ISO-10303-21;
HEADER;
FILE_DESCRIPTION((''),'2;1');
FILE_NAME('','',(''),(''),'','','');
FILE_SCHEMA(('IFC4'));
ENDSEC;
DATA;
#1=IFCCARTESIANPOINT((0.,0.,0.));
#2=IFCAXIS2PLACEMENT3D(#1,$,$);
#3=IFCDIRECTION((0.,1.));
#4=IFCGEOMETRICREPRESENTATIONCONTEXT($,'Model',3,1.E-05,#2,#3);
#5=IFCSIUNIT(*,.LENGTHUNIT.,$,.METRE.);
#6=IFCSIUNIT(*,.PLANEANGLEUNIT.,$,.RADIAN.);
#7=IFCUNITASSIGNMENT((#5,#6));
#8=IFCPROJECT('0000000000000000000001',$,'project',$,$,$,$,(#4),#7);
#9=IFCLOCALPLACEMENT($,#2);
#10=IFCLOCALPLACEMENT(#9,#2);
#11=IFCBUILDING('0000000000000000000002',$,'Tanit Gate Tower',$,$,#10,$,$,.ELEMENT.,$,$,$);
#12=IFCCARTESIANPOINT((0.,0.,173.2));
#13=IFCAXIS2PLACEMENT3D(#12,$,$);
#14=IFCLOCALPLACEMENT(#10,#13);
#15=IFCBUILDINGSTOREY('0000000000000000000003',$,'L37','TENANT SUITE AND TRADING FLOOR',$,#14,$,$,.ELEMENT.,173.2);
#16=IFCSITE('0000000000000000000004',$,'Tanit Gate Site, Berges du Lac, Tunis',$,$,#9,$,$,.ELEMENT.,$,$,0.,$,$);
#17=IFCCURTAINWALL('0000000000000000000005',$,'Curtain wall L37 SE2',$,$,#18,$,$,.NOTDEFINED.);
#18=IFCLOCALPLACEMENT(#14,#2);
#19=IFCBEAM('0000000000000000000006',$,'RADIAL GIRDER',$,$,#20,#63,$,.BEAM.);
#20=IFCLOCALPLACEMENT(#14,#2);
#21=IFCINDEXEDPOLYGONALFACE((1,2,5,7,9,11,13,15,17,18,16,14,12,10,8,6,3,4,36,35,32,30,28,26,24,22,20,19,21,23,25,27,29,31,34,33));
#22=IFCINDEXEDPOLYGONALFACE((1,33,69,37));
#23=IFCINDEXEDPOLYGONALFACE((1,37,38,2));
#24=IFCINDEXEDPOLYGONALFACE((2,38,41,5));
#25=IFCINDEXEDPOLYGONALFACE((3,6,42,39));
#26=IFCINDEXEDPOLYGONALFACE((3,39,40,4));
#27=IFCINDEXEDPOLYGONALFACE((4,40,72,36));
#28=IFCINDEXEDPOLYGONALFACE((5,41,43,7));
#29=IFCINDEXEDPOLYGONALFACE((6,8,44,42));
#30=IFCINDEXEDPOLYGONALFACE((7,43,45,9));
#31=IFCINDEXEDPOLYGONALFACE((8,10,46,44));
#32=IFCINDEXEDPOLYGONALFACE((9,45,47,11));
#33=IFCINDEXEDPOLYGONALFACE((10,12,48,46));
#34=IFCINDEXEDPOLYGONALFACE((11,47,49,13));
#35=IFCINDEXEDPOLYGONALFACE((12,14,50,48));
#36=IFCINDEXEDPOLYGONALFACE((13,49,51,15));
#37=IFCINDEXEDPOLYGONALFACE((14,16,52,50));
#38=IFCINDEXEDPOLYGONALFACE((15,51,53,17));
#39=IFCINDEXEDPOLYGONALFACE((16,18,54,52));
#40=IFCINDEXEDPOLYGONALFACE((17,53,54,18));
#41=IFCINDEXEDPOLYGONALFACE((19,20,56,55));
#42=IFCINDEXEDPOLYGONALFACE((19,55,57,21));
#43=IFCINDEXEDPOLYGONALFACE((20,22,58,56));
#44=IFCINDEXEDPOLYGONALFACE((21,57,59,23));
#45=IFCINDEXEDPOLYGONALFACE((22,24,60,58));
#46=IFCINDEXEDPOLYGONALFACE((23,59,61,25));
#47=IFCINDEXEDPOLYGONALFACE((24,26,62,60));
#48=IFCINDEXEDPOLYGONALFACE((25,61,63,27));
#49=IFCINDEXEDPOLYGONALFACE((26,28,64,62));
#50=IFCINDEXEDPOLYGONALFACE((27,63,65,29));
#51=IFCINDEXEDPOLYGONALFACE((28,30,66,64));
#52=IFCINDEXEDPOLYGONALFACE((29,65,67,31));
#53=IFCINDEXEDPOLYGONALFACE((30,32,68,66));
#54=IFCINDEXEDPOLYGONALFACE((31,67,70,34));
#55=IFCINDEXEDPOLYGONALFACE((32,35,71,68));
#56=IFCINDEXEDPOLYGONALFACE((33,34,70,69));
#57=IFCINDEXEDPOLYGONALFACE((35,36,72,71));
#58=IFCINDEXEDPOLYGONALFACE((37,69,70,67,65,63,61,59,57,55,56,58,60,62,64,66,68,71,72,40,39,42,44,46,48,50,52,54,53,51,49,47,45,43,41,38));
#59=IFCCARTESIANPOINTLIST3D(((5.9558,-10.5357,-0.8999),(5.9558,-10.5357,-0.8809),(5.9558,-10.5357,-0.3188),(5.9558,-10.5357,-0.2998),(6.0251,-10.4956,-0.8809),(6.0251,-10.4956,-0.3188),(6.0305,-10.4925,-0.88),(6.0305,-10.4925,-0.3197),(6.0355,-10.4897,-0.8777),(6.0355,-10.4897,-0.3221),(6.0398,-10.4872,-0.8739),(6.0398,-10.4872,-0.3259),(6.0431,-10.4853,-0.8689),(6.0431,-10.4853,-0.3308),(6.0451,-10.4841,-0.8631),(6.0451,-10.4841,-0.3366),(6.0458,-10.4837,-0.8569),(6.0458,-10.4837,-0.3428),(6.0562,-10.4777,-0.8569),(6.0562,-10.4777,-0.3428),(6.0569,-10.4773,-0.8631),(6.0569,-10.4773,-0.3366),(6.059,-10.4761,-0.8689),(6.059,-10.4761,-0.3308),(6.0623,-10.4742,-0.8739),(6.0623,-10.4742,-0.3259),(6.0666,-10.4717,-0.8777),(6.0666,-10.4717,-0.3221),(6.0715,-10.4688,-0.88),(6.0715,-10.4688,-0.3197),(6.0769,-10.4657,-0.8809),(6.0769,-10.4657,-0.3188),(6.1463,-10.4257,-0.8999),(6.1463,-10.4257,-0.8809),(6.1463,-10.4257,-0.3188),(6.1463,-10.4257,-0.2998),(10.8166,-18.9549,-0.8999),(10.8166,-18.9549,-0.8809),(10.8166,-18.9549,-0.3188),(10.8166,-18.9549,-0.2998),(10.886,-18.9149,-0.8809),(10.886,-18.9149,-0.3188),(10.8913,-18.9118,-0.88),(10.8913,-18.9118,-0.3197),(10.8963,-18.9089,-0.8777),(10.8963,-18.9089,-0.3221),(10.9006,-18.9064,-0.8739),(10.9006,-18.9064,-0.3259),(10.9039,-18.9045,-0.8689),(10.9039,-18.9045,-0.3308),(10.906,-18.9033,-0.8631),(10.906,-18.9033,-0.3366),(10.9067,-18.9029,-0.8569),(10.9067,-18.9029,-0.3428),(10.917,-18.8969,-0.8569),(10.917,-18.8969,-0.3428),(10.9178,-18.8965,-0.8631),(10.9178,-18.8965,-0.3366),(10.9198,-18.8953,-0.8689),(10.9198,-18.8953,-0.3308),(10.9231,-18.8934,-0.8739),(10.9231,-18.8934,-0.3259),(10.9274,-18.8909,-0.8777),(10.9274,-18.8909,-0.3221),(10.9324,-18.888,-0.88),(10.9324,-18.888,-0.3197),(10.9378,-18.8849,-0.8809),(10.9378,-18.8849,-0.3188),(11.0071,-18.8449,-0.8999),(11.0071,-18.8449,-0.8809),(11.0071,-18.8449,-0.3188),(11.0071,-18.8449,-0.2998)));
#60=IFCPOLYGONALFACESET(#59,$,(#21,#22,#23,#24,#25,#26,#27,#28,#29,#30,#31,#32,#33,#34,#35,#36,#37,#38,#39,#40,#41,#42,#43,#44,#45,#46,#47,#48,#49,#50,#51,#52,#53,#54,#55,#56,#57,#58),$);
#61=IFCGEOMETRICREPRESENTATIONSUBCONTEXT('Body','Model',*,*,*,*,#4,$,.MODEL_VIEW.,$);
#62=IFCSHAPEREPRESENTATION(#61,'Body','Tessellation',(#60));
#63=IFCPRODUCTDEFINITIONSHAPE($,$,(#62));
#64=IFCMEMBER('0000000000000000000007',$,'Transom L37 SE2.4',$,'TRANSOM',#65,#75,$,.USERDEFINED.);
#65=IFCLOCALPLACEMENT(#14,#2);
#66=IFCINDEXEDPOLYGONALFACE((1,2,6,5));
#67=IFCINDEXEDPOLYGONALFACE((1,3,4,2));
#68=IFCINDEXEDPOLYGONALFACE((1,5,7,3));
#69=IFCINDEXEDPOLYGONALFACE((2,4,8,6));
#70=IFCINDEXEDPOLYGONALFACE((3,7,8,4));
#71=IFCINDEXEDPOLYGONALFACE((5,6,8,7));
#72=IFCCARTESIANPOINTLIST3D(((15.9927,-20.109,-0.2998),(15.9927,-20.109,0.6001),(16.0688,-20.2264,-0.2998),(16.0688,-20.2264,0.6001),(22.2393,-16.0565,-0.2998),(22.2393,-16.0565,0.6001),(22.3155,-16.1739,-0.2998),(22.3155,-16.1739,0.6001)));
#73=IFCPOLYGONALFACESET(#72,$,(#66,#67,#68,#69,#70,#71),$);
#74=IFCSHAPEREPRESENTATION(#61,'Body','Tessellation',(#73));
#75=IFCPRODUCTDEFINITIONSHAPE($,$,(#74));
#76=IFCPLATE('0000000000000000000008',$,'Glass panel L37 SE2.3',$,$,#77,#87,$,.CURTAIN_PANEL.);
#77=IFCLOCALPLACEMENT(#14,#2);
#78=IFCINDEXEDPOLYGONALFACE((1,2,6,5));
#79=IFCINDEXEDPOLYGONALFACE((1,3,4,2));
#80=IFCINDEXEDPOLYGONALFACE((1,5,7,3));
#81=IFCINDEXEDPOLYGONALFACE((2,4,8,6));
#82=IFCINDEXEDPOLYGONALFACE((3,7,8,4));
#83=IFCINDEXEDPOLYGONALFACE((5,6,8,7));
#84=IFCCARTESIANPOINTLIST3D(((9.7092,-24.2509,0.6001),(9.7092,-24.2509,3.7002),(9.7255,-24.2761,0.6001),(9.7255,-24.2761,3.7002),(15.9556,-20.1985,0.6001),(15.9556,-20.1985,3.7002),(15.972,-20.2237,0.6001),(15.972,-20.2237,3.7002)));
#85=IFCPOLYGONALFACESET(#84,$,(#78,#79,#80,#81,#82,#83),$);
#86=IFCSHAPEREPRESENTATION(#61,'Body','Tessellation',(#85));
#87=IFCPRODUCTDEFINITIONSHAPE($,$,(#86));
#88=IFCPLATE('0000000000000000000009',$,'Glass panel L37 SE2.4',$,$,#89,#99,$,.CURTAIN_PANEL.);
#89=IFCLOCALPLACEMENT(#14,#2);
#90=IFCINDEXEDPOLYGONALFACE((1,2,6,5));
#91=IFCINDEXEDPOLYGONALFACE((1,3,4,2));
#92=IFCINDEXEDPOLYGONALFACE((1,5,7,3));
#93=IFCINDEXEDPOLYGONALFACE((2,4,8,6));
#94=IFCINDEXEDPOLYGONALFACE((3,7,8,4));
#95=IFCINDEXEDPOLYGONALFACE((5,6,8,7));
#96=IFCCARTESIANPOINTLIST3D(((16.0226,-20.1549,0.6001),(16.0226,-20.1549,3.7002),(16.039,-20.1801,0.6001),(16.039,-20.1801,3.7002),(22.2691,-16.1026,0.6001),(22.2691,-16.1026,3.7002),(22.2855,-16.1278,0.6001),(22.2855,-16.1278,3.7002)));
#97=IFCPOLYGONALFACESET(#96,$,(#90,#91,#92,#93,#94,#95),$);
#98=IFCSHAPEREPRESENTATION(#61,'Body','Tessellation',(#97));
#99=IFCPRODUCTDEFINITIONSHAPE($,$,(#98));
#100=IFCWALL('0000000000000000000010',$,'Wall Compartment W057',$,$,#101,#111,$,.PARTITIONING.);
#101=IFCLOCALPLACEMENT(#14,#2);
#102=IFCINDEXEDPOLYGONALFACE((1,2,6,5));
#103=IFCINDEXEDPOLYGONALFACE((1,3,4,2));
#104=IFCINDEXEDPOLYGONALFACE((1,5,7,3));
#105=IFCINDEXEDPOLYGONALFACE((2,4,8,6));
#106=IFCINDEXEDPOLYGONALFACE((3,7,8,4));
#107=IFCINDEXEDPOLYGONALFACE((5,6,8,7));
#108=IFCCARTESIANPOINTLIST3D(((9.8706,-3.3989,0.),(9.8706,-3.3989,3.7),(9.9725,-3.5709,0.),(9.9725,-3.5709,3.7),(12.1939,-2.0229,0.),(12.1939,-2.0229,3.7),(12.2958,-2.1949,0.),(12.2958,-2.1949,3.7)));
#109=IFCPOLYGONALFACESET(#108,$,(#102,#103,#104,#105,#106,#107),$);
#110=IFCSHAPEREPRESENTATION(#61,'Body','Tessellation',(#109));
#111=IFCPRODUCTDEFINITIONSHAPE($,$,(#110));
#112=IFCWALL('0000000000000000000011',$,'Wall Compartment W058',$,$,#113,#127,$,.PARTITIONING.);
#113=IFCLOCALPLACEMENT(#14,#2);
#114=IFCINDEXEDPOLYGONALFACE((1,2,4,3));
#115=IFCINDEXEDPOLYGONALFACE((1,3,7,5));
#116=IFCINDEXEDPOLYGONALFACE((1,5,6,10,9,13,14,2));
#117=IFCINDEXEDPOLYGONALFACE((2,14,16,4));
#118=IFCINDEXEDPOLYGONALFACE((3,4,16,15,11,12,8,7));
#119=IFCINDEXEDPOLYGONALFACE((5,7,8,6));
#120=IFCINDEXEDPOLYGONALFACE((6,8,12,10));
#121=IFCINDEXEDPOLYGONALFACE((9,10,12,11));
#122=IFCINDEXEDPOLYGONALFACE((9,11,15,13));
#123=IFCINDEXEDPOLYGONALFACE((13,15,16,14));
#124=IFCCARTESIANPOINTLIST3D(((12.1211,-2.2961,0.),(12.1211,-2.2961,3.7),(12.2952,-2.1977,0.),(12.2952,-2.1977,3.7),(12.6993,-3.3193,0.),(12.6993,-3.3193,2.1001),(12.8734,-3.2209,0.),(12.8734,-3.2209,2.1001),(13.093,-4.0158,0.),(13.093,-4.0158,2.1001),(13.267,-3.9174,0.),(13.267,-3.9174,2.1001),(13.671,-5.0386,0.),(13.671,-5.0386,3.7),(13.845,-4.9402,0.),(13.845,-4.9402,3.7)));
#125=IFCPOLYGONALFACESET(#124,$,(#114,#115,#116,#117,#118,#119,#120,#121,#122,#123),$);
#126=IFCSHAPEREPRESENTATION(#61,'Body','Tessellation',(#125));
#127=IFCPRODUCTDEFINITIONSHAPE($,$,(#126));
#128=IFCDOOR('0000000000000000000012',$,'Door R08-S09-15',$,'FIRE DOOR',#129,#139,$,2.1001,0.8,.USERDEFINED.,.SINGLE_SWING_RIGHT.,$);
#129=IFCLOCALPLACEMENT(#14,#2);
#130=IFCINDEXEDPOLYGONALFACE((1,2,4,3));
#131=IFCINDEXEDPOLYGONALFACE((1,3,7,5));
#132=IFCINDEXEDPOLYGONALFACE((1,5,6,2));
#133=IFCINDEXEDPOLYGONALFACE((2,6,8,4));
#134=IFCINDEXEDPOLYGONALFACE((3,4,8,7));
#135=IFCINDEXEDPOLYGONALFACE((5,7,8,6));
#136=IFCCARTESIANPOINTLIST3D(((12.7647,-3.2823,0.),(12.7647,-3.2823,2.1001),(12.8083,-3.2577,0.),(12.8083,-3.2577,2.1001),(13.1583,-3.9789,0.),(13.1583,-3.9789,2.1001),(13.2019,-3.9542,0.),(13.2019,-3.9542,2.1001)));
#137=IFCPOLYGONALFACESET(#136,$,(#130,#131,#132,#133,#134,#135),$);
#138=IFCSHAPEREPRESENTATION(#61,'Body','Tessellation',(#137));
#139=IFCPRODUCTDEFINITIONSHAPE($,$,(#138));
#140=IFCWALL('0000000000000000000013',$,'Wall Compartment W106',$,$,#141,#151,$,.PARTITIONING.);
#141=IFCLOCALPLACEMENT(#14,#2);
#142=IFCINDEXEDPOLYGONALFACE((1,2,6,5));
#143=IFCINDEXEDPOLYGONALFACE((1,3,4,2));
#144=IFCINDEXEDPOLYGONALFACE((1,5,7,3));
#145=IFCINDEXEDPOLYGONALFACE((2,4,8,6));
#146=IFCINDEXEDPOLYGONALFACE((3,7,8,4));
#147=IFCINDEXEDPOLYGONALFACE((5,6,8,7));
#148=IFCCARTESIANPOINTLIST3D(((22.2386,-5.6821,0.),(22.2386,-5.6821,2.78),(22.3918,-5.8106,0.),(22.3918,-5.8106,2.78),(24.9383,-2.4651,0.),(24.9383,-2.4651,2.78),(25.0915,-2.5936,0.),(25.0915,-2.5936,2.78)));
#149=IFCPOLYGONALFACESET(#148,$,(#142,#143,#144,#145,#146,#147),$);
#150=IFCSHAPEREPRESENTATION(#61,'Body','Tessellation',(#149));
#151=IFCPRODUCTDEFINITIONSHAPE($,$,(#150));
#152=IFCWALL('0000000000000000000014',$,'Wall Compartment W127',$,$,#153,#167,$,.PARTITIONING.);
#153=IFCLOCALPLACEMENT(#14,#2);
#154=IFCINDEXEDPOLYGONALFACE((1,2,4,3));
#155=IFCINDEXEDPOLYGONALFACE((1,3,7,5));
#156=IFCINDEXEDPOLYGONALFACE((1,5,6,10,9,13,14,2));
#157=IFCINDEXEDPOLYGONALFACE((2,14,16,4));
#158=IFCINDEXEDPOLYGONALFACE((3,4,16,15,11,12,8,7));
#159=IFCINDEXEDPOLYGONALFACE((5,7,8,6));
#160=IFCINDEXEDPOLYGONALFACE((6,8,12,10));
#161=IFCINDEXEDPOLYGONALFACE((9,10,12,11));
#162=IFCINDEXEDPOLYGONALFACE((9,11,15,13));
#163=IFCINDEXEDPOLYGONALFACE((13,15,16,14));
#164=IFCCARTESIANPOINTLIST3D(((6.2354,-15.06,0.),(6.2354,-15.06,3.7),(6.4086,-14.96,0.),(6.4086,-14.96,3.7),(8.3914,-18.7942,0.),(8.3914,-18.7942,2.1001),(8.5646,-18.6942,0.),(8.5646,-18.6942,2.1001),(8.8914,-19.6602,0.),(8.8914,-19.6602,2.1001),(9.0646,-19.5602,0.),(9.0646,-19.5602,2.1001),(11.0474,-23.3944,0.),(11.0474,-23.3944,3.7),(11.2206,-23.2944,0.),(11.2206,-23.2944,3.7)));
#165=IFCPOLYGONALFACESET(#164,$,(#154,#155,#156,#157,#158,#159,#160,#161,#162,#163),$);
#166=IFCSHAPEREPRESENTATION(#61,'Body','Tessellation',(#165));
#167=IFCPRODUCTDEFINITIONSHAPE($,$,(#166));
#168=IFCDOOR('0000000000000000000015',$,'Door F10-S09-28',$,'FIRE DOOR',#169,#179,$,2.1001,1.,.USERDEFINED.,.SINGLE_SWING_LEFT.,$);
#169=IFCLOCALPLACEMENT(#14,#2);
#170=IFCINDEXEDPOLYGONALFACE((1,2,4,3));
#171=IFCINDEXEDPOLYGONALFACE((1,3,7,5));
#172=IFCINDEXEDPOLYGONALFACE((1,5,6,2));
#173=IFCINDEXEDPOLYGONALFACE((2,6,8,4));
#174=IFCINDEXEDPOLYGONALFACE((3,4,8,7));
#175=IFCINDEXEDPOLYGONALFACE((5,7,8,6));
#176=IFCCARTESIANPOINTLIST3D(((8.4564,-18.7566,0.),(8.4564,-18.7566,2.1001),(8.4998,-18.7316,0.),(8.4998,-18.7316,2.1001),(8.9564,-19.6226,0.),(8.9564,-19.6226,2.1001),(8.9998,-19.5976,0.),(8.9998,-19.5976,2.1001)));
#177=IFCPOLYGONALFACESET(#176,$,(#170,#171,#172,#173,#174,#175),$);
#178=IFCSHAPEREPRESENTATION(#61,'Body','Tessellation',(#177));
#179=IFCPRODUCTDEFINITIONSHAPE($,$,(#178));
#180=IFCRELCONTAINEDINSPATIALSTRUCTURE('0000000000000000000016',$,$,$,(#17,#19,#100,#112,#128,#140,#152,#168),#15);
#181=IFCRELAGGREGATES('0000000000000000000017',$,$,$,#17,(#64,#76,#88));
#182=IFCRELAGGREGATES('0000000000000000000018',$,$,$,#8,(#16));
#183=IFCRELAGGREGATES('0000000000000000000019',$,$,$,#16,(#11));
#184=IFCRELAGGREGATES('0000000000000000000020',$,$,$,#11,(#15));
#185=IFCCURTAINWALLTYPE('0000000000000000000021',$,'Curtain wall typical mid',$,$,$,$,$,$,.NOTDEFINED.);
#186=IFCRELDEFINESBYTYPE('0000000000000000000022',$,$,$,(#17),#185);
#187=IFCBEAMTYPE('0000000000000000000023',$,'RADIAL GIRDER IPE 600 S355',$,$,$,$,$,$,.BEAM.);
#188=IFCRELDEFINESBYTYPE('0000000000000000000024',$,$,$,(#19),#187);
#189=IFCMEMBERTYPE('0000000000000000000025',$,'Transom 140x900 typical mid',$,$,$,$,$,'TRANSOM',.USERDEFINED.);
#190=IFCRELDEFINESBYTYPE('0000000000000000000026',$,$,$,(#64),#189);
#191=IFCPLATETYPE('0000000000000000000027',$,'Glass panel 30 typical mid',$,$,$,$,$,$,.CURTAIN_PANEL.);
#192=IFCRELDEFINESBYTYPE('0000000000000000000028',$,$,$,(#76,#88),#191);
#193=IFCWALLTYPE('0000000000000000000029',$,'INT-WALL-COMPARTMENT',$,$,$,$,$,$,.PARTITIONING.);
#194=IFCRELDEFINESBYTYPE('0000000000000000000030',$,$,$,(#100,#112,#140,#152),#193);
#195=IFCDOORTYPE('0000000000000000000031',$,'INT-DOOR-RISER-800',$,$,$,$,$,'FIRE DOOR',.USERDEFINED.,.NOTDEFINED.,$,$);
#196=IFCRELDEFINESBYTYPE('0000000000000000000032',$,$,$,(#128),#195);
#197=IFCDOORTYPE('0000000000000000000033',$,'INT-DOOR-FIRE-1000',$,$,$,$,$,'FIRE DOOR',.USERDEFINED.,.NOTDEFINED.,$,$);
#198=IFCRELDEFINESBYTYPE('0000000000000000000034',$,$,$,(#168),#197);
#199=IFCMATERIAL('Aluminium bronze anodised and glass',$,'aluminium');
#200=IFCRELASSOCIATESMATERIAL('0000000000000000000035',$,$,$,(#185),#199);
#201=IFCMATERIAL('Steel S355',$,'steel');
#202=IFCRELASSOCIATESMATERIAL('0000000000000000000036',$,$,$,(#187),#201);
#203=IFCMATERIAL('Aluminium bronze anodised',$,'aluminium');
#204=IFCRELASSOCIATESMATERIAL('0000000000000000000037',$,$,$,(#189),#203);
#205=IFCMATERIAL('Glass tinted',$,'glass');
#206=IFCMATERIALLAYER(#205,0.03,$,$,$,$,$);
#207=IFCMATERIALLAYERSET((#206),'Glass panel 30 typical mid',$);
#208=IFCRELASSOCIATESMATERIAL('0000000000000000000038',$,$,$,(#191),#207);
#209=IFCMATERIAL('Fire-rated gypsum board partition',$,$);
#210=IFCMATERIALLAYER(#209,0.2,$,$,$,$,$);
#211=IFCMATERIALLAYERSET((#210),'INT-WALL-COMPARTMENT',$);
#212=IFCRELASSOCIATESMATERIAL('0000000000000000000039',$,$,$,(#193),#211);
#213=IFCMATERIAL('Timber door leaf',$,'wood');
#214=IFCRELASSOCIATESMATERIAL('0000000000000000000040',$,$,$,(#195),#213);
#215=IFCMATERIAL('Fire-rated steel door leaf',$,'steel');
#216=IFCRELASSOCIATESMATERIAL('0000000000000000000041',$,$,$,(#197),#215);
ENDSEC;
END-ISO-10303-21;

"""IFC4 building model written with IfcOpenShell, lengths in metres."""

from ifc_helpers import new_model, si_unit, direction, frame, frame_2d, origin, origin_2d, place, context, subcontext, project, spatial, rectangle, i_section, extrude, material, layer, layer_set, material_profile, profile_set, type_object, element, fill, aggregate, save


model = new_model("IFC4")

# Units and contexts
model_context = context("Model", 3, precision=1e-05, world=origin(), true_north=direction((0.0, 1.0)))
body_context = subcontext(model_context, "Body", "Model", "MODEL_VIEW")
ifc_project = project(units=[si_unit("LENGTHUNIT", "METRE"), si_unit("PLANEANGLEUNIT", "RADIAN")], contexts=[model_context])

# Site, building, storey
site_placement = place(None, origin())
site = spatial("IfcSite", under=ifc_project, at=site_placement, Name="Tanit Gate Site, Berges du Lac, Tunis", CompositionType="ELEMENT", RefElevation=0.0)
building_placement = place(site_placement, origin())
building = spatial("IfcBuilding", under=site, at=building_placement, Name="Tanit Gate Tower", CompositionType="ELEMENT")
storey_placement = place(building_placement, frame((0.0, 0.0, 173.2)))
storey = spatial("IfcBuildingStorey", under=building, at=storey_placement, Name="L37", Description="TENANT SUITE AND TRADING FLOOR", CompositionType="ELEMENT", Elevation=173.2)

# Curtain wall
ifc_material_1 = material(Name="Aluminium bronze anodised and glass", Category="aluminium")
curtain_wall_type = type_object("IfcCurtainWallType", Name="Curtain wall typical mid", PredefinedType="NOTDEFINED", material=ifc_material_1)
curtain_wall_placement = place(storey_placement, origin())
curtain_wall = element("IfcCurtainWall", 1, at=curtain_wall_placement, inside=storey, type_object=curtain_wall_type, Name="Curtain wall L37 SE2", PredefinedType="NOTDEFINED")

# Beam
ifc_material_2 = material(Name="Steel S355", Category="steel")
ifc_material_profile_1 = material_profile(ifc_material_2, i_section(OverallWidth=0.22, OverallDepth=0.6001, WebThickness=0.012, FlangeThickness=0.019, FilletRadius=0.0239, at=origin_2d()), Name="IPE 600")
ifc_profile_set_1 = profile_set([ifc_material_profile_1], Name="Steel S355")
beam_type_1 = type_object("IfcBeamType", Name="RADIAL GIRDER IPE 600 S355", PredefinedType="BEAM", material=ifc_profile_set_1)
beam_1_placement = place(storey_placement, frame((10.9119, -18.8999, -0.5999), z_axis=(-0.500001, 0.866025, 0.0), x_axis=(-0.866025, -0.500001, 0.0)))
element("IfcBeam", 2, at=beam_1_placement, inside=storey, type_object=beam_type_1, Name="RADIAL GIRDER", PredefinedType="BEAM", context=body_context, shape_type="SweptSolid", body=[
    extrude(i_section(OverallWidth=0.22, OverallDepth=0.6001, WebThickness=0.012, FlangeThickness=0.019, FilletRadius=0.0239, at=origin_2d()), origin(), (0.0, 0.0, 1.0), 9.7217),
])

# Member
ifc_material_3 = material(Name="Aluminium bronze anodised", Category="aluminium")
ifc_material_profile_2 = material_profile(ifc_material_3, rectangle(XDim=0.1399, YDim=0.8999, at=origin_2d()), Name="140x900 bronze transom")
ifc_profile_set_2 = profile_set([ifc_material_profile_2], Name="Aluminium bronze anodised")
member_type_1 = type_object("IfcMemberType", Name="Transom 140x900 typical mid", ElementType="TRANSOM", PredefinedType="USERDEFINED", material=ifc_profile_set_2)
member_1_placement = place(storey_placement, frame((16.0308, -20.1677, 0.1501), z_axis=(0.838921, 0.544253, 0.0), x_axis=(-0.544253, 0.838921, 0.0)))
member_1 = element("IfcMember", 3, at=member_1_placement, type_object=member_type_1, Name="Transom L37 SE2.4", ObjectType="TRANSOM", PredefinedType="USERDEFINED", context=body_context, shape_type="SweptSolid", body=[
    extrude(rectangle(XDim=0.1399, YDim=0.8999, at=origin_2d()), origin(), (0.0, 0.0, 1.0), 7.446),
])

# Plates
ifc_material_4 = material(Name="Glass tinted", Category="glass")
ifc_layer_1 = layer(ifc_material_4, 0.03)
ifc_layer_set_1 = layer_set([ifc_layer_1], Name="Glass panel 30 typical mid")
plate_type = type_object("IfcPlateType", Name="Glass panel 30 typical mid", PredefinedType="CURTAIN_PANEL", material=ifc_layer_set_1)
plate_1_placement = place(storey_placement, frame((12.8406, -22.2373, 0.6001), z_axis=(0.0, 0.0, 1.0), x_axis=(0.838927, 0.544243, 0.0)))
plate_1 = element("IfcPlate", 4, at=plate_1_placement, type_object=plate_type, Name="Glass panel L37 SE2.3", PredefinedType="CURTAIN_PANEL", context=body_context, shape_type="SweptSolid", body=[
    extrude(rectangle(XDim=7.4458, YDim=0.03, at=origin_2d()), origin(), (0.0, 0.0, 1.0), 3.1001),
])
plate_2_placement = place(storey_placement, frame((19.1541, -18.1414, 0.6001), z_axis=(0.0, 0.0, 1.0), x_axis=(0.838927, 0.544243, 0.0)))
plate_2 = element("IfcPlate", 5, at=plate_2_placement, type_object=plate_type, Name="Glass panel L37 SE2.4", PredefinedType="CURTAIN_PANEL", context=body_context, shape_type="SweptSolid", body=[
    extrude(rectangle(XDim=7.4458, YDim=0.03, at=origin_2d()), origin(), (0.0, 0.0, 1.0), 3.1001),
])
aggregate(curtain_wall, [member_1, plate_1, plate_2])

# Wall
ifc_material_5 = material(Name="Fire-rated gypsum board partition")
ifc_layer_2 = layer(ifc_material_5, 0.2)
ifc_layer_set_2 = layer_set([ifc_layer_2], Name="INT-WALL-COMPARTMENT")
wall_type_1 = type_object("IfcWallType", Name="INT-WALL-COMPARTMENT", PredefinedType="PARTITIONING", material=ifc_layer_set_2)
wall_1_placement = place(storey_placement, frame((12.2449, -2.1089, 0.0), z_axis=(0.0, 0.0, 1.0), x_axis=(-0.860415, -0.509594, 0.0)))
element("IfcWall", 6, at=wall_1_placement, inside=storey, type_object=wall_type_1, Name="Wall Compartment W057", PredefinedType="PARTITIONING", context=body_context, shape_type="SweptSolid", body=[
    extrude(rectangle(XDim=2.7002, YDim=0.2, at=frame_2d((1.3501, 0.0))), origin(), (0.0, 0.0, 1.0), 3.7),
])

# Wall, opening, door
wall_2_placement = place(storey_placement, frame((13.7581, -4.9895, 0.0), z_axis=(0.0, 0.0, 1.0), x_axis=(-0.491993, 0.870599, 0.0)))
wall_2 = element("IfcWall", 7, at=wall_2_placement, inside=storey, type_object=wall_type_1, Name="Wall Compartment W058", PredefinedType="PARTITIONING", context=body_context, shape_type="SweptSolid", body=[
    extrude(rectangle(XDim=3.1501, YDim=0.2, at=frame_2d((1.5752, 0.0))), origin(), (0.0, 0.0, 1.0), 3.7),
])
opening_1_placement = place(wall_2_placement, frame((1.175, 0.0, 0.0)))
opening_1 = element("IfcOpeningElement", 8, at=opening_1_placement, cuts=wall_2, PredefinedType="OPENING", context=body_context, shape_type="SweptSolid", body=[
    extrude(rectangle(XDim=0.8, YDim=2.1001, at=frame_2d((0.3999, 1.05))), frame((0.0, 0.1099, 0.0), z_axis=(0.0, -1.0, 0.0), x_axis=(1.0, 0.0, 0.0)), (0.0, 0.0, 1.0), 0.22),
])
ifc_material_6 = material(Name="Timber door leaf", Category="wood")
door_type_1 = type_object("IfcDoorType", Name="INT-DOOR-RISER-800", ElementType="FIRE DOOR", OperationType="NOTDEFINED", PredefinedType="USERDEFINED", material=ifc_material_6)
door_1_placement = place(opening_1_placement, origin())
door_1 = element("IfcDoor", 9, at=door_1_placement, inside=storey, type_object=door_type_1, Name="Door R08-S09-15", ObjectType="FIRE DOOR", OperationType="SINGLE_SWING_RIGHT", OverallHeight=2.1001, OverallWidth=0.8, PredefinedType="USERDEFINED", context=body_context, shape_type="SweptSolid", body=[
    extrude(rectangle(XDim=0.8, YDim=2.1001, at=frame_2d((0.3999, 1.05))), frame((0.0, 0.0249, 0.0), z_axis=(0.0, -1.0, 0.0), x_axis=(1.0, 0.0, 0.0)), (0.0, 0.0, 1.0), 0.05),
])
fill(opening_1, door_1)

# Wall
wall_3_placement = place(storey_placement, frame((22.3152, -5.7463, 0.0), z_axis=(0.0, 0.0, 1.0), x_axis=(0.642828, 0.766011, 0.0)))
element("IfcWall", 10, at=wall_3_placement, inside=storey, type_object=wall_type_1, Name="Wall Compartment W106", PredefinedType="PARTITIONING", context=body_context, shape_type="SweptSolid", body=[
    extrude(rectangle(XDim=4.1997, YDim=0.2, at=frame_2d((2.0999, 0.0))), origin(), (0.0, 0.0, 1.0), 2.78),
])

# Wall, opening, door
wall_4_placement = place(storey_placement, frame((11.134, -23.3445, 0.0), z_axis=(0.0, 0.0, 1.0), x_axis=(-0.500008, 0.866021, 0.0)))
wall_4 = element("IfcWall", 11, at=wall_4_placement, inside=storey, type_object=wall_type_1, Name="Wall Compartment W127", PredefinedType="PARTITIONING", context=body_context, shape_type="SweptSolid", body=[
    extrude(rectangle(XDim=9.6238, YDim=0.2, at=frame_2d((4.812, 0.0))), origin(), (0.0, 0.0, 1.0), 3.7),
])
opening_2_placement = place(wall_4_placement, frame((4.312, 0.0, 0.0)))
opening_2 = element("IfcOpeningElement", 12, at=opening_2_placement, cuts=wall_4, PredefinedType="OPENING", context=body_context, shape_type="SweptSolid", body=[
    extrude(rectangle(XDim=1.0, YDim=2.1001, at=frame_2d((0.5, 1.05))), frame((0.0, 0.1099, 0.0), z_axis=(0.0, -1.0, 0.0), x_axis=(1.0, 0.0, 0.0)), (0.0, 0.0, 1.0), 0.22),
])
ifc_material_7 = material(Name="Fire-rated steel door leaf", Category="steel")
door_type_2 = type_object("IfcDoorType", Name="INT-DOOR-FIRE-1000", ElementType="FIRE DOOR", OperationType="NOTDEFINED", PredefinedType="USERDEFINED", material=ifc_material_7)
door_2_placement = place(opening_2_placement, origin())
door_2 = element("IfcDoor", 13, at=door_2_placement, inside=storey, type_object=door_type_2, Name="Door F10-S09-28", ObjectType="FIRE DOOR", OperationType="SINGLE_SWING_LEFT", OverallHeight=2.1001, OverallWidth=1.0, PredefinedType="USERDEFINED", context=body_context, shape_type="SweptSolid", body=[
    extrude(rectangle(XDim=1.0, YDim=2.1001, at=frame_2d((0.5, 1.05))), frame((0.0, 0.0249, 0.0), z_axis=(0.0, -1.0, 0.0), x_axis=(1.0, 0.0, 0.0)), (0.0, 0.0, 1.0), 0.05),
])
fill(opening_2, door_2)

save(model, "model.ifc")
